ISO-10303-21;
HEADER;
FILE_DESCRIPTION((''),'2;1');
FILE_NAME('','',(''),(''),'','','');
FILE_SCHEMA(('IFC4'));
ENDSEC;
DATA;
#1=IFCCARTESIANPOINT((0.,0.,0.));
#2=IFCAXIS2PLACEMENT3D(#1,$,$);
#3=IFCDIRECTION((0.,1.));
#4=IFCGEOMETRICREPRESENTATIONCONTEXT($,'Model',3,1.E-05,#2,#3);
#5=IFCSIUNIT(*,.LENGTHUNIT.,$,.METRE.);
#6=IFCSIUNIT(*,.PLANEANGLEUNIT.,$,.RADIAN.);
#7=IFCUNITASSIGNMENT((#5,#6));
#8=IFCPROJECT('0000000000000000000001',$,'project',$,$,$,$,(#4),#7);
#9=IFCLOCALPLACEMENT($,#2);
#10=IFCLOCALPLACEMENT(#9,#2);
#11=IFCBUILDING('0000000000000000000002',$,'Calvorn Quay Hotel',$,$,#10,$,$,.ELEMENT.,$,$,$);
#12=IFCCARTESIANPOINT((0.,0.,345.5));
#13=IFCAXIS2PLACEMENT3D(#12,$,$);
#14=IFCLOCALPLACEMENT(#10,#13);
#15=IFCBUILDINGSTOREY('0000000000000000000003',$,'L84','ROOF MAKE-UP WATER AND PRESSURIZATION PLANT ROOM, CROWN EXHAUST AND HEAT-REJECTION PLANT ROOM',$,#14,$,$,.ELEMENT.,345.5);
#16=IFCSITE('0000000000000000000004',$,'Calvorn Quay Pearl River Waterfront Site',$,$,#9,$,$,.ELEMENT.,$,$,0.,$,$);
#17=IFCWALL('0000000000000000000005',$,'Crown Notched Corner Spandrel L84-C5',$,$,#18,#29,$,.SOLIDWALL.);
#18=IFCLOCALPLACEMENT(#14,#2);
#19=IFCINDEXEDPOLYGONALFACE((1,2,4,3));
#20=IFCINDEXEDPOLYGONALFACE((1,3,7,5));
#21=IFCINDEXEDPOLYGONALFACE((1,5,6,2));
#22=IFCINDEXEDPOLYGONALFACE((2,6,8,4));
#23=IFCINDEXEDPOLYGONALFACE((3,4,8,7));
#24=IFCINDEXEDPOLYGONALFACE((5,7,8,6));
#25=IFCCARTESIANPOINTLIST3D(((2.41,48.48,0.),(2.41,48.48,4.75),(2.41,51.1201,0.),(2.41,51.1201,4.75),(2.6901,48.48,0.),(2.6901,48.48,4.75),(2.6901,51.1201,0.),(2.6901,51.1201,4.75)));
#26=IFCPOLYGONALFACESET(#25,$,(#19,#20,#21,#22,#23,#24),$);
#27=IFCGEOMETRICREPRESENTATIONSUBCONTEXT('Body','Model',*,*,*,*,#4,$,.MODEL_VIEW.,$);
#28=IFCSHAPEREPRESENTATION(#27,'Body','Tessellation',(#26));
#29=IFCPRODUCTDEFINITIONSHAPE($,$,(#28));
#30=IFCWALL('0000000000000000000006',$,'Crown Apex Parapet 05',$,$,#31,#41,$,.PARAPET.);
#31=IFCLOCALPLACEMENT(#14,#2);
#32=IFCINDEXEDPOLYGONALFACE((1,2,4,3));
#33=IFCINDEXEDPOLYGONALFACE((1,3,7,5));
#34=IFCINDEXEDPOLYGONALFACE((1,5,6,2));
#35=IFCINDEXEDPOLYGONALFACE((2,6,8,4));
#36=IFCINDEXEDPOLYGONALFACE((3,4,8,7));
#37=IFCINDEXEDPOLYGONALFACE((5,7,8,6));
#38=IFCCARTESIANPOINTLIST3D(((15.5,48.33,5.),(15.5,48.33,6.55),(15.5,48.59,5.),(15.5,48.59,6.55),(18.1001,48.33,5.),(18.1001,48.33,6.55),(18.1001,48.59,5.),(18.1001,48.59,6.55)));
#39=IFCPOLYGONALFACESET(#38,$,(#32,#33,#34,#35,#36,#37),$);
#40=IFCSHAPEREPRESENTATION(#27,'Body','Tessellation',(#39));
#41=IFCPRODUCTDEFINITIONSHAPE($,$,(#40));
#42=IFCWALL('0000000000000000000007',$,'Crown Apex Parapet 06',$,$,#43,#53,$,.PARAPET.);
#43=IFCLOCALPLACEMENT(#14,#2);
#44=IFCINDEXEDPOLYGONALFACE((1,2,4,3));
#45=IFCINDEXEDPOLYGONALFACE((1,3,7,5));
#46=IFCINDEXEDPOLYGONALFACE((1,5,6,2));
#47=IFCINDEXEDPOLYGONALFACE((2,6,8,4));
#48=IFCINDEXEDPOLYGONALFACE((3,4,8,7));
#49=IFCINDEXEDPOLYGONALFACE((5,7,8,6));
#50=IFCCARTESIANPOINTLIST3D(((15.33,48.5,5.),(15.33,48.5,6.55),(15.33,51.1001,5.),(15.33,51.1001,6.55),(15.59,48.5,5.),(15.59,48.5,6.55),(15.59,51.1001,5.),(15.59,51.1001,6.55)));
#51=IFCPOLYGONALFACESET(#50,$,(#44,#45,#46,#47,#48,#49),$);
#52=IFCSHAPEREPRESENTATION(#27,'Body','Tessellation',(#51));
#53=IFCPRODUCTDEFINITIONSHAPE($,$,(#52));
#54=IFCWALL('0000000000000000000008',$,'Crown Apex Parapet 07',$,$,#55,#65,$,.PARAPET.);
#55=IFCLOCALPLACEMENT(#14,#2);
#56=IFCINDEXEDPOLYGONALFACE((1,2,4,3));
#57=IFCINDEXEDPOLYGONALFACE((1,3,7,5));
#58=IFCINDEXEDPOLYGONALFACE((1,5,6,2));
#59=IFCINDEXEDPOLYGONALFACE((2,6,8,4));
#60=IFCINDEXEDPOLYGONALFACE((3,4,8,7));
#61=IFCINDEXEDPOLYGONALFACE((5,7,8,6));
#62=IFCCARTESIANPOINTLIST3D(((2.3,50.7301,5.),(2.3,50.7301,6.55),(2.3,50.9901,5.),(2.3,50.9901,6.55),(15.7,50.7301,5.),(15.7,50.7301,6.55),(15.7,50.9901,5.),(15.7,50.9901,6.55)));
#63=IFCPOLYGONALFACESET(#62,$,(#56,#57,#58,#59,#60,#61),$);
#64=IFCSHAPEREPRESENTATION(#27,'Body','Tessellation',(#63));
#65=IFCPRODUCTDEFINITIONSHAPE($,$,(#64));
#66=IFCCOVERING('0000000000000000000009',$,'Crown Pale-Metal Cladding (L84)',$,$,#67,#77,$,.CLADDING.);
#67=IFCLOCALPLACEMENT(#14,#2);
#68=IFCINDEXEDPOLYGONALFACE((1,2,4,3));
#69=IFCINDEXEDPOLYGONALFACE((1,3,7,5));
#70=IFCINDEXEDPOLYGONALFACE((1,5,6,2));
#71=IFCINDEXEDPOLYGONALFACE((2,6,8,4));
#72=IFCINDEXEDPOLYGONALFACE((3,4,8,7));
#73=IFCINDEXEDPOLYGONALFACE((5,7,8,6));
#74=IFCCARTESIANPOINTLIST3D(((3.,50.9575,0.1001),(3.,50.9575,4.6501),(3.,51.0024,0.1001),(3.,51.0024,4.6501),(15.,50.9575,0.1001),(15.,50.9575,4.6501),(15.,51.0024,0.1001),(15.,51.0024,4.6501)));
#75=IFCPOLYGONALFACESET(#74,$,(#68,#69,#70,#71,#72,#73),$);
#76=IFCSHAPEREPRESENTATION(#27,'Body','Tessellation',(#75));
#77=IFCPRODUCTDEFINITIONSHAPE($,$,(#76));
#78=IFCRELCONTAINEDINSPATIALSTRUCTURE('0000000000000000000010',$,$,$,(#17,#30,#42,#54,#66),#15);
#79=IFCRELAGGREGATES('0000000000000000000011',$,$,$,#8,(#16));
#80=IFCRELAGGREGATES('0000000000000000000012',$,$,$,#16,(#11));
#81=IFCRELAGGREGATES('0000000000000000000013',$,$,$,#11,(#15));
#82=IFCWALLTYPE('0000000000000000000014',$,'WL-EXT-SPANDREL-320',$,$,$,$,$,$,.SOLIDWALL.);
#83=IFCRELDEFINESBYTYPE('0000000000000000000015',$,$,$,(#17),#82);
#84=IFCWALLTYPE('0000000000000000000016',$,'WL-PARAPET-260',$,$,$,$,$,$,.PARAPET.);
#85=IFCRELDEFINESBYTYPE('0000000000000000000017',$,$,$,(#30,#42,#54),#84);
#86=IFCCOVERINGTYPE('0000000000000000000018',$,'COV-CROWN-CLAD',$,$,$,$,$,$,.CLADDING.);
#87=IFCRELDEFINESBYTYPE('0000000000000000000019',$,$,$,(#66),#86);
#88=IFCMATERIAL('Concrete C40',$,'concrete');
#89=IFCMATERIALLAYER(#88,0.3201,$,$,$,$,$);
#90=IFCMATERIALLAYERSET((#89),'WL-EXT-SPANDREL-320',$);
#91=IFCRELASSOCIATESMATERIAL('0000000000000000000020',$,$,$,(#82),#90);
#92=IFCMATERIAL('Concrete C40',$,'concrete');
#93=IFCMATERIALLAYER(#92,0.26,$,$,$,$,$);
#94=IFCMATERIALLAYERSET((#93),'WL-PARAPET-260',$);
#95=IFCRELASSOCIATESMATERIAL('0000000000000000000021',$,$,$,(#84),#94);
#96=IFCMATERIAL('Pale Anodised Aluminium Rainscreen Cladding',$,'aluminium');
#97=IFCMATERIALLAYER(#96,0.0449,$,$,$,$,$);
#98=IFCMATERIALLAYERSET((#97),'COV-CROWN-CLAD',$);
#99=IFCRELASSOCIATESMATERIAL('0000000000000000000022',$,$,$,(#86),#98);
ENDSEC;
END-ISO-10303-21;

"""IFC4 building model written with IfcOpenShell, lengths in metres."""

from ifc_helpers import new_model, si_unit, direction, frame, frame_2d, origin, origin_2d, place, context, subcontext, project, spatial, rectangle, extrude, material, layer, layer_set, type_object, element, save


model = new_model("IFC4")

# Units and contexts
model_context = context("Model", 3, precision=1e-05, world=origin(), true_north=direction((0.0, 1.0)))
body_context = subcontext(model_context, "Body", "Model", "MODEL_VIEW")
ifc_project = project(units=[si_unit("LENGTHUNIT", "METRE"), si_unit("PLANEANGLEUNIT", "RADIAN")], contexts=[model_context])

# Site, building, storey
site_placement = place(None, origin())
site = spatial("IfcSite", under=ifc_project, at=site_placement, Name="Calvorn Quay Pearl River Waterfront Site", CompositionType="ELEMENT", RefElevation=0.0)
building_placement = place(site_placement, origin())
building = spatial("IfcBuilding", under=site, at=building_placement, Name="Calvorn Quay Hotel", CompositionType="ELEMENT")
storey_placement = place(building_placement, frame((0.0, 0.0, 345.5)))
storey = spatial("IfcBuildingStorey", under=building, at=storey_placement, Name="L84", Description="ROOF MAKE-UP WATER AND PRESSURIZATION PLANT ROOM, CROWN EXHAUST AND HEAT-REJECTION PLANT ROOM", CompositionType="ELEMENT", Elevation=345.5)

# Shared definitions
ifc_material_1 = material(Name="Concrete C40", Category="concrete")
ifc_layer_1 = layer(ifc_material_1, 0.3201)
ifc_layer_set_1 = layer_set([ifc_layer_1], Name="WL-EXT-SPANDREL-320")
wall_type_1 = type_object("IfcWallType", Name="WL-EXT-SPANDREL-320", PredefinedType="SOLIDWALL", material=ifc_layer_set_1)

# Walls
wall_1_placement = place(storey_placement, frame((2.55, 51.1201, 0.0), z_axis=(0.0, 0.0, 1.0), x_axis=(0.0, -1.0, 0.0)))
element("IfcWall", 1, at=wall_1_placement, inside=storey, type_object=wall_type_1, Name="Crown Notched Corner Spandrel L84-C5", PredefinedType="SOLIDWALL", context=body_context, shape_type="SweptSolid", body=[
    extrude(rectangle(XDim=2.6401, YDim=0.28, at=frame_2d((1.3201, 0.0))), origin(), (0.0, 0.0, 1.0), 4.75),
])
ifc_material_2 = material(Name="Concrete C40", Category="concrete")
ifc_layer_2 = layer(ifc_material_2, 0.26)
ifc_layer_set_2 = layer_set([ifc_layer_2], Name="WL-PARAPET-260")
wall_type_2 = type_object("IfcWallType", Name="WL-PARAPET-260", PredefinedType="PARAPET", material=ifc_layer_set_2)
for number, where, z_axis, x_axis, name in (
    (2, (18.1001, 48.46, 5.0), (0.0, 0.0, 1.0), (-1.0, 0.0, 0.0), "Crown Apex Parapet 05"),
    (3, (15.46, 48.5, 5.0), (0.0, 0.0, 1.0), (0.0, 1.0, 0.0), "Crown Apex Parapet 06"),
):
    element("IfcWall", number, at=place(storey_placement, frame(where, z_axis=z_axis, x_axis=x_axis)), inside=storey, type_object=wall_type_2, Name=name, PredefinedType="PARAPET", context=body_context, shape_type="SweptSolid", body=[
        extrude(rectangle(XDim=2.6001, YDim=0.26, at=frame_2d((1.3, 0.0))), origin(), (0.0, 0.0, 1.0), 1.55),
    ])
wall_2_placement = place(storey_placement, frame((15.7, 50.8601, 5.0), z_axis=(0.0, 0.0, 1.0), x_axis=(-1.0, 0.0, 0.0)))
element("IfcWall", 4, at=wall_2_placement, inside=storey, type_object=wall_type_2, Name="Crown Apex Parapet 07", PredefinedType="PARAPET", context=body_context, shape_type="SweptSolid", body=[
    extrude(rectangle(XDim=13.3999, YDim=0.26, at=frame_2d((6.7, 0.0))), origin(), (0.0, 0.0, 1.0), 1.55),
])

# Covering
ifc_material_3 = material(Name="Pale Anodised Aluminium Rainscreen Cladding", Category="aluminium")
ifc_layer_3 = layer(ifc_material_3, 0.0449)
ifc_layer_set_3 = layer_set([ifc_layer_3], Name="COV-CROWN-CLAD")
covering_type = type_object("IfcCoveringType", Name="COV-CROWN-CLAD", PredefinedType="CLADDING", material=ifc_layer_set_3)
covering_placement = place(storey_placement, frame((9.0, 50.98, 0.1001), z_axis=(0.0, 0.0, 1.0), x_axis=(1.0, 0.0, 0.0)))
element("IfcCovering", 5, at=covering_placement, inside=storey, type_object=covering_type, Name="Crown Pale-Metal Cladding (L84)", PredefinedType="CLADDING", context=body_context, shape_type="SweptSolid", body=[
    extrude(rectangle(XDim=12.0, YDim=0.0449, at=origin_2d()), origin(), (0.0, 0.0, 1.0), 4.55),
])

save(model, "model.ifc")
